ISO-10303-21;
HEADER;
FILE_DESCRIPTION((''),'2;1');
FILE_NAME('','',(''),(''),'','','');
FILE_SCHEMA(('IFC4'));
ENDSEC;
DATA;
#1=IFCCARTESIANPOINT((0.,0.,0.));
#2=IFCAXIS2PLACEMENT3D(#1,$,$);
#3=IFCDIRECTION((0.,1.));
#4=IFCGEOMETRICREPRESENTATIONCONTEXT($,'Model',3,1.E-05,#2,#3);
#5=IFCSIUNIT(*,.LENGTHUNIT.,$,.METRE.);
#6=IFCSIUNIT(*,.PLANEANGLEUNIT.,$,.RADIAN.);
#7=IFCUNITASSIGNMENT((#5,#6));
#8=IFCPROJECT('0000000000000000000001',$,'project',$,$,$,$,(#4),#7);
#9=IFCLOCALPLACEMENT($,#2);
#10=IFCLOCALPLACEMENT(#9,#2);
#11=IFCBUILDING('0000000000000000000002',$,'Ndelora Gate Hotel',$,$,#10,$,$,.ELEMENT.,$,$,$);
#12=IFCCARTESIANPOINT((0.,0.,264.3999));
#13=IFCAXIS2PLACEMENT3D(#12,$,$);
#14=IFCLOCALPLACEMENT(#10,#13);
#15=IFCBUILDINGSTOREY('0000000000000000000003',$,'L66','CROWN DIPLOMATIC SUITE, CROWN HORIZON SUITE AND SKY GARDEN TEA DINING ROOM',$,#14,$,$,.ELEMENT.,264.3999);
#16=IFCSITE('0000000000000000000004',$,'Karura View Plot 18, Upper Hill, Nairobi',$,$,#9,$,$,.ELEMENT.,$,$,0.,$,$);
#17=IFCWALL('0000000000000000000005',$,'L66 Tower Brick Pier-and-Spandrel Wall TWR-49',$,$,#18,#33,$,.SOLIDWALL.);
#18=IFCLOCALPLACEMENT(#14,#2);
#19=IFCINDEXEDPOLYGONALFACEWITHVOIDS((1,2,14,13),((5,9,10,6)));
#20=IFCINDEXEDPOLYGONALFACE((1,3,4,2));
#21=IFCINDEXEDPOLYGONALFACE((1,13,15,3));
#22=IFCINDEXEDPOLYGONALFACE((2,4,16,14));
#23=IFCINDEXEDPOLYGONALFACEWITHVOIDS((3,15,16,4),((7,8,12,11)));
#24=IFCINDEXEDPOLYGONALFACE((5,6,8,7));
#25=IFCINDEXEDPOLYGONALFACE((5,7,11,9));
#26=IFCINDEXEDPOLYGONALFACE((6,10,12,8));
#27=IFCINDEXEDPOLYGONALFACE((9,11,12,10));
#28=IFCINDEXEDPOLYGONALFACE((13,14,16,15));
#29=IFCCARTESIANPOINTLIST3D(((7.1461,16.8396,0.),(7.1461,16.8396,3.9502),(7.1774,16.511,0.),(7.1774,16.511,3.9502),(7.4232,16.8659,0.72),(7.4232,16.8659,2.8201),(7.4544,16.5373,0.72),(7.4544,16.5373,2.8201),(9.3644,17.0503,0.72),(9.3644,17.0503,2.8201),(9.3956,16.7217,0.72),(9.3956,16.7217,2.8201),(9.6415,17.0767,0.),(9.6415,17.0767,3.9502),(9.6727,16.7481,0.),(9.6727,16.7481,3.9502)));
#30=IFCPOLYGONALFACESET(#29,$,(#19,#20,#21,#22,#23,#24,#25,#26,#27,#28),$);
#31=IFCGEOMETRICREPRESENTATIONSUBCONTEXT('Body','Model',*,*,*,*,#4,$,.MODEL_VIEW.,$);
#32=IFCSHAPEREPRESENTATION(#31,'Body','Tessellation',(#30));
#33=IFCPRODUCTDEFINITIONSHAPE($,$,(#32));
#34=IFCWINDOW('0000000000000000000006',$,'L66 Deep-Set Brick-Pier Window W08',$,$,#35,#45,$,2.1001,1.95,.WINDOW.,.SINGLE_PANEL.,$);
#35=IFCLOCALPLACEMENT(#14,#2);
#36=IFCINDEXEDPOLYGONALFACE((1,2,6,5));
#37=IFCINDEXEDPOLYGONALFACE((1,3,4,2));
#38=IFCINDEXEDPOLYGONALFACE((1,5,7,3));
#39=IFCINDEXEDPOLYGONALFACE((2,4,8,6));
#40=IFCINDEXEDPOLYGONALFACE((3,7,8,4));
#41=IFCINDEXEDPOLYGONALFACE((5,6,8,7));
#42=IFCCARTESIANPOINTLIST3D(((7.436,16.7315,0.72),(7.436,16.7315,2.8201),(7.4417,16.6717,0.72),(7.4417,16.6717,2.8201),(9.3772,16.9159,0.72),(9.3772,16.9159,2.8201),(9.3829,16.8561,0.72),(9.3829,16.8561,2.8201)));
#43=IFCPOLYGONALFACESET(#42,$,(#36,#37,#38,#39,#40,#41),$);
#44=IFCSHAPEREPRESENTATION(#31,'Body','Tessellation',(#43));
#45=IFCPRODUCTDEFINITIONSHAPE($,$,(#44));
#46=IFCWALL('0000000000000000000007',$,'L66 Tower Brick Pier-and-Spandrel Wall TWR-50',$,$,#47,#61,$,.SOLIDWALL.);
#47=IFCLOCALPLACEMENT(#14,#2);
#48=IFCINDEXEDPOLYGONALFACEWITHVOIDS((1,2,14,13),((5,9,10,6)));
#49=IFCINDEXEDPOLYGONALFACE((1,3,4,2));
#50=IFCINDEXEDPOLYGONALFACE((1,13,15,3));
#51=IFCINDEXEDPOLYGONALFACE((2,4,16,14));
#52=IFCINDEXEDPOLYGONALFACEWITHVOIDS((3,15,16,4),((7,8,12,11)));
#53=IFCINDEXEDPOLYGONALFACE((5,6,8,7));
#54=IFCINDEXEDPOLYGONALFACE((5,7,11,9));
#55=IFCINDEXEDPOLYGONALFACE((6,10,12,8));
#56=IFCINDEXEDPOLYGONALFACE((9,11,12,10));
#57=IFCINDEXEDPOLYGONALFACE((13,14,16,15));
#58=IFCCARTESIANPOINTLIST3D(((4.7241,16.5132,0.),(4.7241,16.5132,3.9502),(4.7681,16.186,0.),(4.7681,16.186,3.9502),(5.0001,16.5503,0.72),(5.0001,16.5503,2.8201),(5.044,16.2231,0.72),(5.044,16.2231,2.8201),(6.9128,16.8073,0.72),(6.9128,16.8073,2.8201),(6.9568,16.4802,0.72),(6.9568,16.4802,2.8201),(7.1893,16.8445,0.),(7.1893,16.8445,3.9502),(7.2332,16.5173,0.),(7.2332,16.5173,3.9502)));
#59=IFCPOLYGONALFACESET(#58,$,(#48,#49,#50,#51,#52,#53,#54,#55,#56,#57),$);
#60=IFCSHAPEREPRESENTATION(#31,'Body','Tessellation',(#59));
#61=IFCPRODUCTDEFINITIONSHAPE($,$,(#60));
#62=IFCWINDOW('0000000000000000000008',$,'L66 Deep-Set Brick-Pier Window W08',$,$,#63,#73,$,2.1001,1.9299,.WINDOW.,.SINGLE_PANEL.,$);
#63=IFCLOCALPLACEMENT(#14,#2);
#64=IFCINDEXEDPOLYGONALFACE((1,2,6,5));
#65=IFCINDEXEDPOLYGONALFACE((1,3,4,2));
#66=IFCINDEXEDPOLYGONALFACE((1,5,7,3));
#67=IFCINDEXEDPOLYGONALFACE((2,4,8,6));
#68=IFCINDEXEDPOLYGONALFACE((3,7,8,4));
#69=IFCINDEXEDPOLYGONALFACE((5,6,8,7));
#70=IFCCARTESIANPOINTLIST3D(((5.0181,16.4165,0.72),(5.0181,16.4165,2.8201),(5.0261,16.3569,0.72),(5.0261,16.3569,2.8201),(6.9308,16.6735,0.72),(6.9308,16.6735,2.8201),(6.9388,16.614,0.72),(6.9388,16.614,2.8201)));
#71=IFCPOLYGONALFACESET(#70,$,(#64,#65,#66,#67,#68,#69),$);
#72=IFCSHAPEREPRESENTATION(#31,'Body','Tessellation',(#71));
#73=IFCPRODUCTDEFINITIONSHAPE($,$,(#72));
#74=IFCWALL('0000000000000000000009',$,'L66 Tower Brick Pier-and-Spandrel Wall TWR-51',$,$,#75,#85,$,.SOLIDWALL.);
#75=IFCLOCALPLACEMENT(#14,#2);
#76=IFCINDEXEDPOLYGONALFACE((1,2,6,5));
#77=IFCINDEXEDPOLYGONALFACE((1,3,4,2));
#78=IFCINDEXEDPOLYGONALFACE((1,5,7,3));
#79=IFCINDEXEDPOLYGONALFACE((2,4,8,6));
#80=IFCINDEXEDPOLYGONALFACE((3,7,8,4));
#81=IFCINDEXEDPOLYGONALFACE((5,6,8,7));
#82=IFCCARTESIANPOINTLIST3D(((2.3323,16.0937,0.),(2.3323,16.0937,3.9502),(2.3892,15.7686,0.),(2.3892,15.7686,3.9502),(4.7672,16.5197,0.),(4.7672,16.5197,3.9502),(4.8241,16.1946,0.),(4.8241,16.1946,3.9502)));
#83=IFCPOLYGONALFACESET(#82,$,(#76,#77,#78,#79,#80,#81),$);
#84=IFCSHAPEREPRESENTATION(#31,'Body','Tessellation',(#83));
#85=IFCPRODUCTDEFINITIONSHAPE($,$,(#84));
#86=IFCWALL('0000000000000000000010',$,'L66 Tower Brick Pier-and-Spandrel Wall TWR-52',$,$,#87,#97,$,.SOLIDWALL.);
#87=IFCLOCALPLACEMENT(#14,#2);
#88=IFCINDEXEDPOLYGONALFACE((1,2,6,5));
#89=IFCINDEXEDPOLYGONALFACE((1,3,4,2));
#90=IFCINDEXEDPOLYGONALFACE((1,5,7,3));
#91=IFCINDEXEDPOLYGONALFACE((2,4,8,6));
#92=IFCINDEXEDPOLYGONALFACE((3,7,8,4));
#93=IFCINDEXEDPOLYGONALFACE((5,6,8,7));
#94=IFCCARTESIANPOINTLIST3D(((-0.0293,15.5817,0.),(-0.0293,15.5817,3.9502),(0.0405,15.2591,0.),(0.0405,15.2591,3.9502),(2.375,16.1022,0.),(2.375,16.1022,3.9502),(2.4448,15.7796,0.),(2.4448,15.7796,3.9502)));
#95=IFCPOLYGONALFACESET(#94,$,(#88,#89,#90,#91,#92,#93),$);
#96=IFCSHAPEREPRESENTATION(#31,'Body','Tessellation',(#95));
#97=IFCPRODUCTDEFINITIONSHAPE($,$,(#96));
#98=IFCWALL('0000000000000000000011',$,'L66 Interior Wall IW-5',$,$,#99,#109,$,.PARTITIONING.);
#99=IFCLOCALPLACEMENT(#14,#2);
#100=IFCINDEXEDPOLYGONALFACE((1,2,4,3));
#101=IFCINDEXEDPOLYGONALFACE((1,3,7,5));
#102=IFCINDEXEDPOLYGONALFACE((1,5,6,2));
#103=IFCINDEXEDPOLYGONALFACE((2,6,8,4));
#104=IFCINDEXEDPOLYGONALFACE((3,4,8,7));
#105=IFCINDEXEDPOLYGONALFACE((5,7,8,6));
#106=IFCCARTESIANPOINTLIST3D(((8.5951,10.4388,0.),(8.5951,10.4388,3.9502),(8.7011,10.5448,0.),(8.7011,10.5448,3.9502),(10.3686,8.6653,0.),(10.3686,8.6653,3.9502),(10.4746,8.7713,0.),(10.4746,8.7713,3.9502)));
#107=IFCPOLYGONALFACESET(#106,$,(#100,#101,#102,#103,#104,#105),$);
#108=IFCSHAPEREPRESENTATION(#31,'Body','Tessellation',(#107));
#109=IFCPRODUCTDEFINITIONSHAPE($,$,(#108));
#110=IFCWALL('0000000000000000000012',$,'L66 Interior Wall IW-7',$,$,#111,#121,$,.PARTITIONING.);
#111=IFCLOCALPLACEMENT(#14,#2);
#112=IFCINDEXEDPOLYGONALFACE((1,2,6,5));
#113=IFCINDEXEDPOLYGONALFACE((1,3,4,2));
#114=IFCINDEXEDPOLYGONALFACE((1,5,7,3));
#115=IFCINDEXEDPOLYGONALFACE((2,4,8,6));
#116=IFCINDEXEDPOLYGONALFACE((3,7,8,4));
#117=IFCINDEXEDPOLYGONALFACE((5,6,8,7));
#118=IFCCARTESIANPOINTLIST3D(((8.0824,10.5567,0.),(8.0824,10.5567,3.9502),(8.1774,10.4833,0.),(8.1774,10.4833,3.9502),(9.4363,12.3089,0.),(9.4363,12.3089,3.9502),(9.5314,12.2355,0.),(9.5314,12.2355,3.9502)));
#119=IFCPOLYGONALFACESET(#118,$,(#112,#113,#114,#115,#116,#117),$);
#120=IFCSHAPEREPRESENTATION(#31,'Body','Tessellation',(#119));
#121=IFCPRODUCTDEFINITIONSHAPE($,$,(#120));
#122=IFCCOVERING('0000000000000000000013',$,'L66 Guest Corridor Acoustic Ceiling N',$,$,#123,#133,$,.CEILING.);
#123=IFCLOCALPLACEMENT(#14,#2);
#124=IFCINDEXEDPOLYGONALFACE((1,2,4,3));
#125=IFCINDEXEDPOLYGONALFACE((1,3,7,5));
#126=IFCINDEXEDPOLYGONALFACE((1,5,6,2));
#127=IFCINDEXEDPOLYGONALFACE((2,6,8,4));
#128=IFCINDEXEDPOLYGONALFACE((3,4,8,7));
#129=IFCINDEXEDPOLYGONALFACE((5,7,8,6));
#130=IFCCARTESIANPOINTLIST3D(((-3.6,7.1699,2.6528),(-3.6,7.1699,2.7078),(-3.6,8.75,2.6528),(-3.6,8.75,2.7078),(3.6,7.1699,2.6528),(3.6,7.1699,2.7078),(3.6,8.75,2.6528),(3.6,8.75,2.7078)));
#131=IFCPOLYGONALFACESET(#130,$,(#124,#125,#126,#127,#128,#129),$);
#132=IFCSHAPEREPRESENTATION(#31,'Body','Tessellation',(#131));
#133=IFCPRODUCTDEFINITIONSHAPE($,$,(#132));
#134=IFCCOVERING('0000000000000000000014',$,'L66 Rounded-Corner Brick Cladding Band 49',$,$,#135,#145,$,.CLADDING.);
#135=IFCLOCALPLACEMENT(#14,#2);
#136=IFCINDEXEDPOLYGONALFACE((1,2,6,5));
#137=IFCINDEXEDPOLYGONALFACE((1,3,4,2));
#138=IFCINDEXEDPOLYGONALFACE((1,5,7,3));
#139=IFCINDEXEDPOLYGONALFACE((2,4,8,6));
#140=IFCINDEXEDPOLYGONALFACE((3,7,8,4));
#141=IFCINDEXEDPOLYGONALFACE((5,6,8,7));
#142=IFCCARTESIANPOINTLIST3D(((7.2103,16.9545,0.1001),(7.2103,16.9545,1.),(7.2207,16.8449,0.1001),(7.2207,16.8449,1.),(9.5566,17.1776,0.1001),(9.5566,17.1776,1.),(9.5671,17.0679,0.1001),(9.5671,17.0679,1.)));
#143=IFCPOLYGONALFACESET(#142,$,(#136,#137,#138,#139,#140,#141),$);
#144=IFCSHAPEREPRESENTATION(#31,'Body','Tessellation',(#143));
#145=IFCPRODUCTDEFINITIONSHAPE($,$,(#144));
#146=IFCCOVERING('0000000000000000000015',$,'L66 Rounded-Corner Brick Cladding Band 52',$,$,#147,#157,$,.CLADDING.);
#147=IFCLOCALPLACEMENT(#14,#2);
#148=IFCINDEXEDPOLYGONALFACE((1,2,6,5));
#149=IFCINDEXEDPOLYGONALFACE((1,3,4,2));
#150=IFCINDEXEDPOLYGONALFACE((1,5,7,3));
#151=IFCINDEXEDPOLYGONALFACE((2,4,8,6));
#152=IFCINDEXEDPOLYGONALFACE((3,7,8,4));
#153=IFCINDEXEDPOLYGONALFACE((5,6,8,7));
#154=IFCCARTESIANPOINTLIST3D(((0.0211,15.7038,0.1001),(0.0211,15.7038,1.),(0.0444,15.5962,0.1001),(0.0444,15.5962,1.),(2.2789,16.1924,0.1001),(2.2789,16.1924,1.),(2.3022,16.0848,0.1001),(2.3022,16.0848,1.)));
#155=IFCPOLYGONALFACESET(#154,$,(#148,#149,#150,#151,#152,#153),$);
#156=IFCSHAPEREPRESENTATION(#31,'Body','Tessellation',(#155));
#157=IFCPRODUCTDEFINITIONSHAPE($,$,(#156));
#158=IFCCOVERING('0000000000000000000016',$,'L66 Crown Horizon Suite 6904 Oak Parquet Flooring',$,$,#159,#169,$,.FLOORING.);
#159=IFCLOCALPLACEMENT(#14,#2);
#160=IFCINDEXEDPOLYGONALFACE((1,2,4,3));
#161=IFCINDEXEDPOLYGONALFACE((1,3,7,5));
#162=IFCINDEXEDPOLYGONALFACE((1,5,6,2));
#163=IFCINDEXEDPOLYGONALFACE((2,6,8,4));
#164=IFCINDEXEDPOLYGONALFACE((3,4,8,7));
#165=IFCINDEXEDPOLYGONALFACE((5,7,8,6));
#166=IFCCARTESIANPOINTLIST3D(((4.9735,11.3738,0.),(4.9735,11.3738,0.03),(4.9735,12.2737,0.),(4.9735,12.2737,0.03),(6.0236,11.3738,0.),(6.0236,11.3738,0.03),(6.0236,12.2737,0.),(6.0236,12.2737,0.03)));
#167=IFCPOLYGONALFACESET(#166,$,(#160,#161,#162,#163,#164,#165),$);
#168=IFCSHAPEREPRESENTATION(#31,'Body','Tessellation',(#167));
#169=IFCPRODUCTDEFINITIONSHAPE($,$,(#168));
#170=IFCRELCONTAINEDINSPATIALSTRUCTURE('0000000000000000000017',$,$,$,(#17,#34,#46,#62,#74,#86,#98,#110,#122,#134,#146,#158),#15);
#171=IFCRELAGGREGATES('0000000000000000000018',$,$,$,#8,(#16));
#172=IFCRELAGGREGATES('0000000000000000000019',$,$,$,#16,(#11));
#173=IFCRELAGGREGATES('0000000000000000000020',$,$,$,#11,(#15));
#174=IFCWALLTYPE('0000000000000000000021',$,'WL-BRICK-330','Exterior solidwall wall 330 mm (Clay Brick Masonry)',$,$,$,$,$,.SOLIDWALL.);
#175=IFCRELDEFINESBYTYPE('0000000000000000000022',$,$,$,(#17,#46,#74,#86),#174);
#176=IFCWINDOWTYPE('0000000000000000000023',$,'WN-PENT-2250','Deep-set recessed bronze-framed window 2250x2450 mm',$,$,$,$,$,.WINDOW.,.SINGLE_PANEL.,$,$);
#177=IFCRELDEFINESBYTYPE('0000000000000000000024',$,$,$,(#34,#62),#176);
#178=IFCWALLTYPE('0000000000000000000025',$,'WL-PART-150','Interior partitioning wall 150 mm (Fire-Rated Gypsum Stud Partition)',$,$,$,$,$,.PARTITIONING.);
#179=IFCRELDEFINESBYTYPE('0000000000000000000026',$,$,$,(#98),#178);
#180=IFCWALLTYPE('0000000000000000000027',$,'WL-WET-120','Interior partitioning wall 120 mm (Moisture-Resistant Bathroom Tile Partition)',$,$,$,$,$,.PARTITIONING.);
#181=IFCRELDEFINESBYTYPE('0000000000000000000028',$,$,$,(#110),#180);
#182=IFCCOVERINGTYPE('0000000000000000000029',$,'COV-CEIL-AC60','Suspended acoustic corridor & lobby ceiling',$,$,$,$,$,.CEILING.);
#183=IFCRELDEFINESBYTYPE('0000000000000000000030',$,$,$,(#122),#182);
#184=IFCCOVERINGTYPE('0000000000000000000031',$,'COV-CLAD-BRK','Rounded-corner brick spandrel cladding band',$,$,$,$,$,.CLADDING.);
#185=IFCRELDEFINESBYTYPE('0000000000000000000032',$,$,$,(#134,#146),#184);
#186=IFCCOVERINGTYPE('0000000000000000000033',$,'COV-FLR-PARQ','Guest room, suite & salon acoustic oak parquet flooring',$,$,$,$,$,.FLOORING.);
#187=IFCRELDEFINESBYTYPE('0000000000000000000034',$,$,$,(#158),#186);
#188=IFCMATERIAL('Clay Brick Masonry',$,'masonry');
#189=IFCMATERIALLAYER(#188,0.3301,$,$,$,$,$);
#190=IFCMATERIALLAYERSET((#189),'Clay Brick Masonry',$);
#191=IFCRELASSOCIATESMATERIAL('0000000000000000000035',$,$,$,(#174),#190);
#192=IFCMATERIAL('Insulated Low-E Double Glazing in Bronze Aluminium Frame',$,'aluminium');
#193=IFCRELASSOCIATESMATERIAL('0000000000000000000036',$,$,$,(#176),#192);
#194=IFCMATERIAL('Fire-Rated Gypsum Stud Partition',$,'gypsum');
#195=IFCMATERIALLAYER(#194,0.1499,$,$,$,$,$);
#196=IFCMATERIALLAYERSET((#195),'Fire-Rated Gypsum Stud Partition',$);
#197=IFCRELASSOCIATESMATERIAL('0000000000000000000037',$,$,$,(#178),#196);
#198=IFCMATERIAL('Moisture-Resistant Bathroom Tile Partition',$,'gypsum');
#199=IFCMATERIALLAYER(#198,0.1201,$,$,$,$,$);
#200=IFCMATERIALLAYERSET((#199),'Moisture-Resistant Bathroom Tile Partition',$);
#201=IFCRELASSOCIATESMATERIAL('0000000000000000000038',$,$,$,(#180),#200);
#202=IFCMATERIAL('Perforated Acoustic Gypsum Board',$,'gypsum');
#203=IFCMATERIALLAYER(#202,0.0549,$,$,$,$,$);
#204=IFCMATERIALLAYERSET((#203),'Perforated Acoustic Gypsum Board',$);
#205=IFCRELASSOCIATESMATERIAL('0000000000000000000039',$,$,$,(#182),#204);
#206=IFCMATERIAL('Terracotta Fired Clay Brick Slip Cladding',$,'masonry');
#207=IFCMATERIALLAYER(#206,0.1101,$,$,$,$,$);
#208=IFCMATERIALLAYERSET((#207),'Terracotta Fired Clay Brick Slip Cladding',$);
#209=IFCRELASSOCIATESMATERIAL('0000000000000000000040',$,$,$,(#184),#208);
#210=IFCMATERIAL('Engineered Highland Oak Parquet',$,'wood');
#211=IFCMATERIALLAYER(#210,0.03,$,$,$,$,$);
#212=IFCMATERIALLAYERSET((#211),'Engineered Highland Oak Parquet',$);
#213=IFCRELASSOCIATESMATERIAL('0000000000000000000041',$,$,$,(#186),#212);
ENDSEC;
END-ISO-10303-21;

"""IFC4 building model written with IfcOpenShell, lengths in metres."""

from ifc_helpers import new_model, si_unit, direction, frame, frame_2d, origin, origin_2d, place, context, subcontext, project, spatial, rectangle, extrude, material, layer, layer_set, type_object, element, fill, save


model = new_model("IFC4")

# Units and contexts
model_context = context("Model", 3, precision=1e-05, world=origin(), true_north=direction((0.0, 1.0)))
body_context = subcontext(model_context, "Body", "Model", "MODEL_VIEW")
ifc_project = project(units=[si_unit("LENGTHUNIT", "METRE"), si_unit("PLANEANGLEUNIT", "RADIAN")], contexts=[model_context])

# Site, building, storey
site_placement = place(None, origin())
site = spatial("IfcSite", under=ifc_project, at=site_placement, Name="Karura View Plot 18, Upper Hill, Nairobi", CompositionType="ELEMENT", RefElevation=0.0)
building_placement = place(site_placement, origin())
building = spatial("IfcBuilding", under=site, at=building_placement, Name="Ndelora Gate Hotel", CompositionType="ELEMENT")
storey_placement = place(building_placement, frame((0.0, 0.0, 264.3999)))
storey = spatial("IfcBuildingStorey", under=building, at=storey_placement, Name="L66", Description="CROWN DIPLOMATIC SUITE, CROWN HORIZON SUITE AND SKY GARDEN TEA DINING ROOM", CompositionType="ELEMENT", Elevation=264.3999)

# Walls, openings, windows
ifc_material_1 = material(Name="Clay Brick Masonry", Category="masonry")
ifc_layer_1 = layer(ifc_material_1, 0.3301)
ifc_layer_set_1 = layer_set([ifc_layer_1], Name="Clay Brick Masonry")
wall_type_1 = type_object("IfcWallType", Name="WL-BRICK-330", Description="Exterior solidwall wall 330 mm (Clay Brick Masonry)", PredefinedType="SOLIDWALL", material=ifc_layer_set_1)
wall_1_placement = place(storey_placement, frame((7.1616, 16.6753, 0.0), z_axis=(0.0, 0.0, 1.0), x_axis=(0.995518, 0.094575, 0.0)))
wall_1 = element("IfcWall", 1, at=wall_1_placement, inside=storey, type_object=wall_type_1, Name="L66 Tower Brick Pier-and-Spandrel Wall TWR-49", PredefinedType="SOLIDWALL", context=body_context, shape_type="SweptSolid", body=[
    extrude(rectangle(XDim=2.5066, YDim=0.3301, at=frame_2d((1.2534, 0.0))), origin(), (0.0, 0.0, 1.0), 3.9502),
])
opening_1_placement = place(wall_1_placement, frame((0.2783, 0.0, 0.72)))
opening_1 = element("IfcOpeningElement", 2, at=opening_1_placement, cuts=wall_1, PredefinedType="OPENING", context=body_context, shape_type="SweptSolid", body=[
    extrude(rectangle(XDim=1.95, YDim=2.1001, at=frame_2d((0.9751, 1.05))), frame((0.0, 0.175, 0.0), z_axis=(0.0, -1.0, 0.0), x_axis=(1.0, 0.0, 0.0)), (0.0, 0.0, 1.0), 0.3501),
])
ifc_material_2 = material(Name="Insulated Low-E Double Glazing in Bronze Aluminium Frame", Category="aluminium")
window_type = type_object("IfcWindowType", Name="WN-PENT-2250", Description="Deep-set recessed bronze-framed window 2250x2450 mm", PartitioningType="SINGLE_PANEL", PredefinedType="WINDOW", material=ifc_material_2)
window_1_placement = place(opening_1_placement, origin())
window_1 = element("IfcWindow", 3, at=window_1_placement, inside=storey, type_object=window_type, Name="L66 Deep-Set Brick-Pier Window W08", OverallHeight=2.1001, OverallWidth=1.95, PartitioningType="SINGLE_PANEL", PredefinedType="WINDOW", context=body_context, shape_type="SweptSolid", body=[
    extrude(rectangle(XDim=1.95, YDim=2.1001, at=frame_2d((0.9751, 1.05))), frame((0.0, 0.03, 0.0), z_axis=(0.0, -1.0, 0.0), x_axis=(1.0, 0.0, 0.0)), (0.0, 0.0, 1.0), 0.0601),
])
fill(opening_1, window_1)
wall_2_placement = place(storey_placement, frame((4.7461, 16.3496, 0.0), z_axis=(0.0, 0.0, 1.0), x_axis=(0.991089, 0.133199, 0.0)))
wall_2 = element("IfcWall", 4, at=wall_2_placement, inside=storey, type_object=wall_type_1, Name="L66 Tower Brick Pier-and-Spandrel Wall TWR-50", PredefinedType="SOLIDWALL", context=body_context, shape_type="SweptSolid", body=[
    extrude(rectangle(XDim=2.4873, YDim=0.3301, at=frame_2d((1.2437, 0.0))), origin(), (0.0, 0.0, 1.0), 3.9502),
])
opening_2_placement = place(wall_2_placement, frame((0.2786, 0.0, 0.72)))
opening_2 = element("IfcOpeningElement", 5, at=opening_2_placement, cuts=wall_2, PredefinedType="OPENING", context=body_context, shape_type="SweptSolid", body=[
    extrude(rectangle(XDim=1.9299, YDim=2.1001, at=frame_2d((0.9648, 1.05))), frame((0.0, 0.175, 0.0), z_axis=(0.0, -1.0, 0.0), x_axis=(1.0, 0.0, 0.0)), (0.0, 0.0, 1.0), 0.3501),
])
window_2_placement = place(opening_2_placement, origin())
window_2 = element("IfcWindow", 6, at=window_2_placement, inside=storey, type_object=window_type, Name="L66 Deep-Set Brick-Pier Window W08", OverallHeight=2.1001, OverallWidth=1.9299, PartitioningType="SINGLE_PANEL", PredefinedType="WINDOW", context=body_context, shape_type="SweptSolid", body=[
    extrude(rectangle(XDim=1.9299, YDim=2.1001, at=frame_2d((0.9648, 1.05))), frame((0.0, 0.03, 0.0), z_axis=(0.0, -1.0, 0.0), x_axis=(1.0, 0.0, 0.0)), (0.0, 0.0, 1.0), 0.0601),
])
fill(opening_2, window_2)

# Walls
wall_3_placement = place(storey_placement, frame((2.3608, 15.9312, 0.0), z_axis=(0.0, 0.0, 1.0), x_axis=(0.985035, 0.172354, 0.0)))
element("IfcWall", 7, at=wall_3_placement, inside=storey, type_object=wall_type_1, Name="L66 Tower Brick Pier-and-Spandrel Wall TWR-51", PredefinedType="SOLIDWALL", context=body_context, shape_type="SweptSolid", body=[
    extrude(rectangle(XDim=2.4719, YDim=0.3301, at=frame_2d((1.2358, 0.0))), origin(), (0.0, 0.0, 1.0), 3.9502),
])
wall_4_placement = place(storey_placement, frame((0.0056, 15.4204, 0.0), z_axis=(0.0, 0.0, 1.0), x_axis=(0.977359, 0.211589, 0.0)))
element("IfcWall", 8, at=wall_4_placement, inside=storey, type_object=wall_type_1, Name="L66 Tower Brick Pier-and-Spandrel Wall TWR-52", PredefinedType="SOLIDWALL", context=body_context, shape_type="SweptSolid", body=[
    extrude(rectangle(XDim=2.46, YDim=0.3301, at=frame_2d((1.23, 0.0))), origin(), (0.0, 0.0, 1.0), 3.9502),
])
ifc_material_3 = material(Name="Fire-Rated Gypsum Stud Partition", Category="gypsum")
ifc_layer_2 = layer(ifc_material_3, 0.1499)
ifc_layer_set_2 = layer_set([ifc_layer_2], Name="Fire-Rated Gypsum Stud Partition")
wall_type_2 = type_object("IfcWallType", Name="WL-PART-150", Description="Interior partitioning wall 150 mm (Fire-Rated Gypsum Stud Partition)", PredefinedType="PARTITIONING", material=ifc_layer_set_2)
wall_5_placement = place(storey_placement, frame((8.6482, 10.4917, 0.0), z_axis=(0.0, 0.0, 1.0), x_axis=(0.707107, -0.707107, 0.0)))
element("IfcWall", 9, at=wall_5_placement, inside=storey, type_object=wall_type_2, Name="L66 Interior Wall IW-5", PredefinedType="PARTITIONING", context=body_context, shape_type="SweptSolid", body=[
    extrude(rectangle(XDim=2.5081, YDim=0.1499, at=frame_2d((1.2539, 0.0))), origin(), (0.0, 0.0, 1.0), 3.9502),
])
ifc_material_4 = material(Name="Moisture-Resistant Bathroom Tile Partition", Category="gypsum")
ifc_layer_3 = layer(ifc_material_4, 0.1201)
ifc_layer_set_3 = layer_set([ifc_layer_3], Name="Moisture-Resistant Bathroom Tile Partition")
wall_type_3 = type_object("IfcWallType", Name="WL-WET-120", Description="Interior partitioning wall 120 mm (Moisture-Resistant Bathroom Tile Partition)", PredefinedType="PARTITIONING", material=ifc_layer_set_3)
wall_6_placement = place(storey_placement, frame((8.1299, 10.52, 0.0), z_axis=(0.0, 0.0, 1.0), x_axis=(0.611457, 0.791278, 0.0)))
element("IfcWall", 10, at=wall_6_placement, inside=storey, type_object=wall_type_3, Name="L66 Interior Wall IW-7", PredefinedType="PARTITIONING", context=body_context, shape_type="SweptSolid", body=[
    extrude(rectangle(XDim=2.2144, YDim=0.1201, at=frame_2d((1.1072, 0.0))), origin(), (0.0, 0.0, 1.0), 3.9502),
])

# Coverings
ifc_material_5 = material(Name="Perforated Acoustic Gypsum Board", Category="gypsum")
ifc_layer_4 = layer(ifc_material_5, 0.0549)
ifc_layer_set_4 = layer_set([ifc_layer_4], Name="Perforated Acoustic Gypsum Board")
covering_type_1 = type_object("IfcCoveringType", Name="COV-CEIL-AC60", Description="Suspended acoustic corridor & lobby ceiling", PredefinedType="CEILING", material=ifc_layer_set_4)
covering_1_placement = place(storey_placement, frame((0.0, 7.96, 2.6528), z_axis=(0.0, 0.0, 1.0), x_axis=(1.0, 0.0, 0.0)))
element("IfcCovering", 11, at=covering_1_placement, inside=storey, type_object=covering_type_1, Name="L66 Guest Corridor Acoustic Ceiling N", PredefinedType="CEILING", context=body_context, shape_type="SweptSolid", body=[
    extrude(rectangle(XDim=7.2, YDim=1.5801, at=origin_2d()), origin(), (0.0, 0.0, 1.0), 0.0549),
])
ifc_material_6 = material(Name="Terracotta Fired Clay Brick Slip Cladding", Category="masonry")
ifc_layer_5 = layer(ifc_material_6, 0.1101)
ifc_layer_set_5 = layer_set([ifc_layer_5], Name="Terracotta Fired Clay Brick Slip Cladding")
covering_type_2 = type_object("IfcCoveringType", Name="COV-CLAD-BRK", Description="Rounded-corner brick spandrel cladding band", PredefinedType="CLADDING", material=ifc_layer_set_5)
covering_2_placement = place(storey_placement, frame((8.3887, 17.0112, 0.1001), z_axis=(0.0, 0.0, 1.0), x_axis=(0.995513, 0.09463, 0.0)))
element("IfcCovering", 12, at=covering_2_placement, inside=storey, type_object=covering_type_2, Name="L66 Rounded-Corner Brick Cladding Band 49", PredefinedType="CLADDING", context=body_context, shape_type="SweptSolid", body=[
    extrude(rectangle(XDim=2.3569, YDim=0.1101, at=origin_2d()), origin(), (0.0, 0.0, 1.0), 0.8999),
])
covering_3_placement = place(storey_placement, frame((1.1616, 15.8943, 0.1001), z_axis=(0.0, 0.0, 1.0), x_axis=(0.977379, 0.211495, 0.0)))
element("IfcCovering", 13, at=covering_3_placement, inside=storey, type_object=covering_type_2, Name="L66 Rounded-Corner Brick Cladding Band 52", PredefinedType="CLADDING", context=body_context, shape_type="SweptSolid", body=[
    extrude(rectangle(XDim=2.3101, YDim=0.1101, at=origin_2d()), origin(), (0.0, 0.0, 1.0), 0.8999),
])
ifc_material_7 = material(Name="Engineered Highland Oak Parquet", Category="wood")
ifc_layer_6 = layer(ifc_material_7, 0.03)
ifc_layer_set_6 = layer_set([ifc_layer_6], Name="Engineered Highland Oak Parquet")
covering_type_3 = type_object("IfcCoveringType", Name="COV-FLR-PARQ", Description="Guest room, suite & salon acoustic oak parquet flooring", PredefinedType="FLOORING", material=ifc_layer_set_6)
covering_4_placement = place(storey_placement, frame((5.4985, 11.8237, 0.0), z_axis=(0.0, 0.0, 1.0), x_axis=(1.0, 0.0, 0.0)))
element("IfcCovering", 14, at=covering_4_placement, inside=storey, type_object=covering_type_3, Name="L66 Crown Horizon Suite 6904 Oak Parquet Flooring", PredefinedType="FLOORING", context=body_context, shape_type="SweptSolid", body=[
    extrude(rectangle(XDim=1.05, YDim=0.8999, at=origin_2d()), origin(), (0.0, 0.0, 1.0), 0.03),
])

save(model, "model.ifc")
